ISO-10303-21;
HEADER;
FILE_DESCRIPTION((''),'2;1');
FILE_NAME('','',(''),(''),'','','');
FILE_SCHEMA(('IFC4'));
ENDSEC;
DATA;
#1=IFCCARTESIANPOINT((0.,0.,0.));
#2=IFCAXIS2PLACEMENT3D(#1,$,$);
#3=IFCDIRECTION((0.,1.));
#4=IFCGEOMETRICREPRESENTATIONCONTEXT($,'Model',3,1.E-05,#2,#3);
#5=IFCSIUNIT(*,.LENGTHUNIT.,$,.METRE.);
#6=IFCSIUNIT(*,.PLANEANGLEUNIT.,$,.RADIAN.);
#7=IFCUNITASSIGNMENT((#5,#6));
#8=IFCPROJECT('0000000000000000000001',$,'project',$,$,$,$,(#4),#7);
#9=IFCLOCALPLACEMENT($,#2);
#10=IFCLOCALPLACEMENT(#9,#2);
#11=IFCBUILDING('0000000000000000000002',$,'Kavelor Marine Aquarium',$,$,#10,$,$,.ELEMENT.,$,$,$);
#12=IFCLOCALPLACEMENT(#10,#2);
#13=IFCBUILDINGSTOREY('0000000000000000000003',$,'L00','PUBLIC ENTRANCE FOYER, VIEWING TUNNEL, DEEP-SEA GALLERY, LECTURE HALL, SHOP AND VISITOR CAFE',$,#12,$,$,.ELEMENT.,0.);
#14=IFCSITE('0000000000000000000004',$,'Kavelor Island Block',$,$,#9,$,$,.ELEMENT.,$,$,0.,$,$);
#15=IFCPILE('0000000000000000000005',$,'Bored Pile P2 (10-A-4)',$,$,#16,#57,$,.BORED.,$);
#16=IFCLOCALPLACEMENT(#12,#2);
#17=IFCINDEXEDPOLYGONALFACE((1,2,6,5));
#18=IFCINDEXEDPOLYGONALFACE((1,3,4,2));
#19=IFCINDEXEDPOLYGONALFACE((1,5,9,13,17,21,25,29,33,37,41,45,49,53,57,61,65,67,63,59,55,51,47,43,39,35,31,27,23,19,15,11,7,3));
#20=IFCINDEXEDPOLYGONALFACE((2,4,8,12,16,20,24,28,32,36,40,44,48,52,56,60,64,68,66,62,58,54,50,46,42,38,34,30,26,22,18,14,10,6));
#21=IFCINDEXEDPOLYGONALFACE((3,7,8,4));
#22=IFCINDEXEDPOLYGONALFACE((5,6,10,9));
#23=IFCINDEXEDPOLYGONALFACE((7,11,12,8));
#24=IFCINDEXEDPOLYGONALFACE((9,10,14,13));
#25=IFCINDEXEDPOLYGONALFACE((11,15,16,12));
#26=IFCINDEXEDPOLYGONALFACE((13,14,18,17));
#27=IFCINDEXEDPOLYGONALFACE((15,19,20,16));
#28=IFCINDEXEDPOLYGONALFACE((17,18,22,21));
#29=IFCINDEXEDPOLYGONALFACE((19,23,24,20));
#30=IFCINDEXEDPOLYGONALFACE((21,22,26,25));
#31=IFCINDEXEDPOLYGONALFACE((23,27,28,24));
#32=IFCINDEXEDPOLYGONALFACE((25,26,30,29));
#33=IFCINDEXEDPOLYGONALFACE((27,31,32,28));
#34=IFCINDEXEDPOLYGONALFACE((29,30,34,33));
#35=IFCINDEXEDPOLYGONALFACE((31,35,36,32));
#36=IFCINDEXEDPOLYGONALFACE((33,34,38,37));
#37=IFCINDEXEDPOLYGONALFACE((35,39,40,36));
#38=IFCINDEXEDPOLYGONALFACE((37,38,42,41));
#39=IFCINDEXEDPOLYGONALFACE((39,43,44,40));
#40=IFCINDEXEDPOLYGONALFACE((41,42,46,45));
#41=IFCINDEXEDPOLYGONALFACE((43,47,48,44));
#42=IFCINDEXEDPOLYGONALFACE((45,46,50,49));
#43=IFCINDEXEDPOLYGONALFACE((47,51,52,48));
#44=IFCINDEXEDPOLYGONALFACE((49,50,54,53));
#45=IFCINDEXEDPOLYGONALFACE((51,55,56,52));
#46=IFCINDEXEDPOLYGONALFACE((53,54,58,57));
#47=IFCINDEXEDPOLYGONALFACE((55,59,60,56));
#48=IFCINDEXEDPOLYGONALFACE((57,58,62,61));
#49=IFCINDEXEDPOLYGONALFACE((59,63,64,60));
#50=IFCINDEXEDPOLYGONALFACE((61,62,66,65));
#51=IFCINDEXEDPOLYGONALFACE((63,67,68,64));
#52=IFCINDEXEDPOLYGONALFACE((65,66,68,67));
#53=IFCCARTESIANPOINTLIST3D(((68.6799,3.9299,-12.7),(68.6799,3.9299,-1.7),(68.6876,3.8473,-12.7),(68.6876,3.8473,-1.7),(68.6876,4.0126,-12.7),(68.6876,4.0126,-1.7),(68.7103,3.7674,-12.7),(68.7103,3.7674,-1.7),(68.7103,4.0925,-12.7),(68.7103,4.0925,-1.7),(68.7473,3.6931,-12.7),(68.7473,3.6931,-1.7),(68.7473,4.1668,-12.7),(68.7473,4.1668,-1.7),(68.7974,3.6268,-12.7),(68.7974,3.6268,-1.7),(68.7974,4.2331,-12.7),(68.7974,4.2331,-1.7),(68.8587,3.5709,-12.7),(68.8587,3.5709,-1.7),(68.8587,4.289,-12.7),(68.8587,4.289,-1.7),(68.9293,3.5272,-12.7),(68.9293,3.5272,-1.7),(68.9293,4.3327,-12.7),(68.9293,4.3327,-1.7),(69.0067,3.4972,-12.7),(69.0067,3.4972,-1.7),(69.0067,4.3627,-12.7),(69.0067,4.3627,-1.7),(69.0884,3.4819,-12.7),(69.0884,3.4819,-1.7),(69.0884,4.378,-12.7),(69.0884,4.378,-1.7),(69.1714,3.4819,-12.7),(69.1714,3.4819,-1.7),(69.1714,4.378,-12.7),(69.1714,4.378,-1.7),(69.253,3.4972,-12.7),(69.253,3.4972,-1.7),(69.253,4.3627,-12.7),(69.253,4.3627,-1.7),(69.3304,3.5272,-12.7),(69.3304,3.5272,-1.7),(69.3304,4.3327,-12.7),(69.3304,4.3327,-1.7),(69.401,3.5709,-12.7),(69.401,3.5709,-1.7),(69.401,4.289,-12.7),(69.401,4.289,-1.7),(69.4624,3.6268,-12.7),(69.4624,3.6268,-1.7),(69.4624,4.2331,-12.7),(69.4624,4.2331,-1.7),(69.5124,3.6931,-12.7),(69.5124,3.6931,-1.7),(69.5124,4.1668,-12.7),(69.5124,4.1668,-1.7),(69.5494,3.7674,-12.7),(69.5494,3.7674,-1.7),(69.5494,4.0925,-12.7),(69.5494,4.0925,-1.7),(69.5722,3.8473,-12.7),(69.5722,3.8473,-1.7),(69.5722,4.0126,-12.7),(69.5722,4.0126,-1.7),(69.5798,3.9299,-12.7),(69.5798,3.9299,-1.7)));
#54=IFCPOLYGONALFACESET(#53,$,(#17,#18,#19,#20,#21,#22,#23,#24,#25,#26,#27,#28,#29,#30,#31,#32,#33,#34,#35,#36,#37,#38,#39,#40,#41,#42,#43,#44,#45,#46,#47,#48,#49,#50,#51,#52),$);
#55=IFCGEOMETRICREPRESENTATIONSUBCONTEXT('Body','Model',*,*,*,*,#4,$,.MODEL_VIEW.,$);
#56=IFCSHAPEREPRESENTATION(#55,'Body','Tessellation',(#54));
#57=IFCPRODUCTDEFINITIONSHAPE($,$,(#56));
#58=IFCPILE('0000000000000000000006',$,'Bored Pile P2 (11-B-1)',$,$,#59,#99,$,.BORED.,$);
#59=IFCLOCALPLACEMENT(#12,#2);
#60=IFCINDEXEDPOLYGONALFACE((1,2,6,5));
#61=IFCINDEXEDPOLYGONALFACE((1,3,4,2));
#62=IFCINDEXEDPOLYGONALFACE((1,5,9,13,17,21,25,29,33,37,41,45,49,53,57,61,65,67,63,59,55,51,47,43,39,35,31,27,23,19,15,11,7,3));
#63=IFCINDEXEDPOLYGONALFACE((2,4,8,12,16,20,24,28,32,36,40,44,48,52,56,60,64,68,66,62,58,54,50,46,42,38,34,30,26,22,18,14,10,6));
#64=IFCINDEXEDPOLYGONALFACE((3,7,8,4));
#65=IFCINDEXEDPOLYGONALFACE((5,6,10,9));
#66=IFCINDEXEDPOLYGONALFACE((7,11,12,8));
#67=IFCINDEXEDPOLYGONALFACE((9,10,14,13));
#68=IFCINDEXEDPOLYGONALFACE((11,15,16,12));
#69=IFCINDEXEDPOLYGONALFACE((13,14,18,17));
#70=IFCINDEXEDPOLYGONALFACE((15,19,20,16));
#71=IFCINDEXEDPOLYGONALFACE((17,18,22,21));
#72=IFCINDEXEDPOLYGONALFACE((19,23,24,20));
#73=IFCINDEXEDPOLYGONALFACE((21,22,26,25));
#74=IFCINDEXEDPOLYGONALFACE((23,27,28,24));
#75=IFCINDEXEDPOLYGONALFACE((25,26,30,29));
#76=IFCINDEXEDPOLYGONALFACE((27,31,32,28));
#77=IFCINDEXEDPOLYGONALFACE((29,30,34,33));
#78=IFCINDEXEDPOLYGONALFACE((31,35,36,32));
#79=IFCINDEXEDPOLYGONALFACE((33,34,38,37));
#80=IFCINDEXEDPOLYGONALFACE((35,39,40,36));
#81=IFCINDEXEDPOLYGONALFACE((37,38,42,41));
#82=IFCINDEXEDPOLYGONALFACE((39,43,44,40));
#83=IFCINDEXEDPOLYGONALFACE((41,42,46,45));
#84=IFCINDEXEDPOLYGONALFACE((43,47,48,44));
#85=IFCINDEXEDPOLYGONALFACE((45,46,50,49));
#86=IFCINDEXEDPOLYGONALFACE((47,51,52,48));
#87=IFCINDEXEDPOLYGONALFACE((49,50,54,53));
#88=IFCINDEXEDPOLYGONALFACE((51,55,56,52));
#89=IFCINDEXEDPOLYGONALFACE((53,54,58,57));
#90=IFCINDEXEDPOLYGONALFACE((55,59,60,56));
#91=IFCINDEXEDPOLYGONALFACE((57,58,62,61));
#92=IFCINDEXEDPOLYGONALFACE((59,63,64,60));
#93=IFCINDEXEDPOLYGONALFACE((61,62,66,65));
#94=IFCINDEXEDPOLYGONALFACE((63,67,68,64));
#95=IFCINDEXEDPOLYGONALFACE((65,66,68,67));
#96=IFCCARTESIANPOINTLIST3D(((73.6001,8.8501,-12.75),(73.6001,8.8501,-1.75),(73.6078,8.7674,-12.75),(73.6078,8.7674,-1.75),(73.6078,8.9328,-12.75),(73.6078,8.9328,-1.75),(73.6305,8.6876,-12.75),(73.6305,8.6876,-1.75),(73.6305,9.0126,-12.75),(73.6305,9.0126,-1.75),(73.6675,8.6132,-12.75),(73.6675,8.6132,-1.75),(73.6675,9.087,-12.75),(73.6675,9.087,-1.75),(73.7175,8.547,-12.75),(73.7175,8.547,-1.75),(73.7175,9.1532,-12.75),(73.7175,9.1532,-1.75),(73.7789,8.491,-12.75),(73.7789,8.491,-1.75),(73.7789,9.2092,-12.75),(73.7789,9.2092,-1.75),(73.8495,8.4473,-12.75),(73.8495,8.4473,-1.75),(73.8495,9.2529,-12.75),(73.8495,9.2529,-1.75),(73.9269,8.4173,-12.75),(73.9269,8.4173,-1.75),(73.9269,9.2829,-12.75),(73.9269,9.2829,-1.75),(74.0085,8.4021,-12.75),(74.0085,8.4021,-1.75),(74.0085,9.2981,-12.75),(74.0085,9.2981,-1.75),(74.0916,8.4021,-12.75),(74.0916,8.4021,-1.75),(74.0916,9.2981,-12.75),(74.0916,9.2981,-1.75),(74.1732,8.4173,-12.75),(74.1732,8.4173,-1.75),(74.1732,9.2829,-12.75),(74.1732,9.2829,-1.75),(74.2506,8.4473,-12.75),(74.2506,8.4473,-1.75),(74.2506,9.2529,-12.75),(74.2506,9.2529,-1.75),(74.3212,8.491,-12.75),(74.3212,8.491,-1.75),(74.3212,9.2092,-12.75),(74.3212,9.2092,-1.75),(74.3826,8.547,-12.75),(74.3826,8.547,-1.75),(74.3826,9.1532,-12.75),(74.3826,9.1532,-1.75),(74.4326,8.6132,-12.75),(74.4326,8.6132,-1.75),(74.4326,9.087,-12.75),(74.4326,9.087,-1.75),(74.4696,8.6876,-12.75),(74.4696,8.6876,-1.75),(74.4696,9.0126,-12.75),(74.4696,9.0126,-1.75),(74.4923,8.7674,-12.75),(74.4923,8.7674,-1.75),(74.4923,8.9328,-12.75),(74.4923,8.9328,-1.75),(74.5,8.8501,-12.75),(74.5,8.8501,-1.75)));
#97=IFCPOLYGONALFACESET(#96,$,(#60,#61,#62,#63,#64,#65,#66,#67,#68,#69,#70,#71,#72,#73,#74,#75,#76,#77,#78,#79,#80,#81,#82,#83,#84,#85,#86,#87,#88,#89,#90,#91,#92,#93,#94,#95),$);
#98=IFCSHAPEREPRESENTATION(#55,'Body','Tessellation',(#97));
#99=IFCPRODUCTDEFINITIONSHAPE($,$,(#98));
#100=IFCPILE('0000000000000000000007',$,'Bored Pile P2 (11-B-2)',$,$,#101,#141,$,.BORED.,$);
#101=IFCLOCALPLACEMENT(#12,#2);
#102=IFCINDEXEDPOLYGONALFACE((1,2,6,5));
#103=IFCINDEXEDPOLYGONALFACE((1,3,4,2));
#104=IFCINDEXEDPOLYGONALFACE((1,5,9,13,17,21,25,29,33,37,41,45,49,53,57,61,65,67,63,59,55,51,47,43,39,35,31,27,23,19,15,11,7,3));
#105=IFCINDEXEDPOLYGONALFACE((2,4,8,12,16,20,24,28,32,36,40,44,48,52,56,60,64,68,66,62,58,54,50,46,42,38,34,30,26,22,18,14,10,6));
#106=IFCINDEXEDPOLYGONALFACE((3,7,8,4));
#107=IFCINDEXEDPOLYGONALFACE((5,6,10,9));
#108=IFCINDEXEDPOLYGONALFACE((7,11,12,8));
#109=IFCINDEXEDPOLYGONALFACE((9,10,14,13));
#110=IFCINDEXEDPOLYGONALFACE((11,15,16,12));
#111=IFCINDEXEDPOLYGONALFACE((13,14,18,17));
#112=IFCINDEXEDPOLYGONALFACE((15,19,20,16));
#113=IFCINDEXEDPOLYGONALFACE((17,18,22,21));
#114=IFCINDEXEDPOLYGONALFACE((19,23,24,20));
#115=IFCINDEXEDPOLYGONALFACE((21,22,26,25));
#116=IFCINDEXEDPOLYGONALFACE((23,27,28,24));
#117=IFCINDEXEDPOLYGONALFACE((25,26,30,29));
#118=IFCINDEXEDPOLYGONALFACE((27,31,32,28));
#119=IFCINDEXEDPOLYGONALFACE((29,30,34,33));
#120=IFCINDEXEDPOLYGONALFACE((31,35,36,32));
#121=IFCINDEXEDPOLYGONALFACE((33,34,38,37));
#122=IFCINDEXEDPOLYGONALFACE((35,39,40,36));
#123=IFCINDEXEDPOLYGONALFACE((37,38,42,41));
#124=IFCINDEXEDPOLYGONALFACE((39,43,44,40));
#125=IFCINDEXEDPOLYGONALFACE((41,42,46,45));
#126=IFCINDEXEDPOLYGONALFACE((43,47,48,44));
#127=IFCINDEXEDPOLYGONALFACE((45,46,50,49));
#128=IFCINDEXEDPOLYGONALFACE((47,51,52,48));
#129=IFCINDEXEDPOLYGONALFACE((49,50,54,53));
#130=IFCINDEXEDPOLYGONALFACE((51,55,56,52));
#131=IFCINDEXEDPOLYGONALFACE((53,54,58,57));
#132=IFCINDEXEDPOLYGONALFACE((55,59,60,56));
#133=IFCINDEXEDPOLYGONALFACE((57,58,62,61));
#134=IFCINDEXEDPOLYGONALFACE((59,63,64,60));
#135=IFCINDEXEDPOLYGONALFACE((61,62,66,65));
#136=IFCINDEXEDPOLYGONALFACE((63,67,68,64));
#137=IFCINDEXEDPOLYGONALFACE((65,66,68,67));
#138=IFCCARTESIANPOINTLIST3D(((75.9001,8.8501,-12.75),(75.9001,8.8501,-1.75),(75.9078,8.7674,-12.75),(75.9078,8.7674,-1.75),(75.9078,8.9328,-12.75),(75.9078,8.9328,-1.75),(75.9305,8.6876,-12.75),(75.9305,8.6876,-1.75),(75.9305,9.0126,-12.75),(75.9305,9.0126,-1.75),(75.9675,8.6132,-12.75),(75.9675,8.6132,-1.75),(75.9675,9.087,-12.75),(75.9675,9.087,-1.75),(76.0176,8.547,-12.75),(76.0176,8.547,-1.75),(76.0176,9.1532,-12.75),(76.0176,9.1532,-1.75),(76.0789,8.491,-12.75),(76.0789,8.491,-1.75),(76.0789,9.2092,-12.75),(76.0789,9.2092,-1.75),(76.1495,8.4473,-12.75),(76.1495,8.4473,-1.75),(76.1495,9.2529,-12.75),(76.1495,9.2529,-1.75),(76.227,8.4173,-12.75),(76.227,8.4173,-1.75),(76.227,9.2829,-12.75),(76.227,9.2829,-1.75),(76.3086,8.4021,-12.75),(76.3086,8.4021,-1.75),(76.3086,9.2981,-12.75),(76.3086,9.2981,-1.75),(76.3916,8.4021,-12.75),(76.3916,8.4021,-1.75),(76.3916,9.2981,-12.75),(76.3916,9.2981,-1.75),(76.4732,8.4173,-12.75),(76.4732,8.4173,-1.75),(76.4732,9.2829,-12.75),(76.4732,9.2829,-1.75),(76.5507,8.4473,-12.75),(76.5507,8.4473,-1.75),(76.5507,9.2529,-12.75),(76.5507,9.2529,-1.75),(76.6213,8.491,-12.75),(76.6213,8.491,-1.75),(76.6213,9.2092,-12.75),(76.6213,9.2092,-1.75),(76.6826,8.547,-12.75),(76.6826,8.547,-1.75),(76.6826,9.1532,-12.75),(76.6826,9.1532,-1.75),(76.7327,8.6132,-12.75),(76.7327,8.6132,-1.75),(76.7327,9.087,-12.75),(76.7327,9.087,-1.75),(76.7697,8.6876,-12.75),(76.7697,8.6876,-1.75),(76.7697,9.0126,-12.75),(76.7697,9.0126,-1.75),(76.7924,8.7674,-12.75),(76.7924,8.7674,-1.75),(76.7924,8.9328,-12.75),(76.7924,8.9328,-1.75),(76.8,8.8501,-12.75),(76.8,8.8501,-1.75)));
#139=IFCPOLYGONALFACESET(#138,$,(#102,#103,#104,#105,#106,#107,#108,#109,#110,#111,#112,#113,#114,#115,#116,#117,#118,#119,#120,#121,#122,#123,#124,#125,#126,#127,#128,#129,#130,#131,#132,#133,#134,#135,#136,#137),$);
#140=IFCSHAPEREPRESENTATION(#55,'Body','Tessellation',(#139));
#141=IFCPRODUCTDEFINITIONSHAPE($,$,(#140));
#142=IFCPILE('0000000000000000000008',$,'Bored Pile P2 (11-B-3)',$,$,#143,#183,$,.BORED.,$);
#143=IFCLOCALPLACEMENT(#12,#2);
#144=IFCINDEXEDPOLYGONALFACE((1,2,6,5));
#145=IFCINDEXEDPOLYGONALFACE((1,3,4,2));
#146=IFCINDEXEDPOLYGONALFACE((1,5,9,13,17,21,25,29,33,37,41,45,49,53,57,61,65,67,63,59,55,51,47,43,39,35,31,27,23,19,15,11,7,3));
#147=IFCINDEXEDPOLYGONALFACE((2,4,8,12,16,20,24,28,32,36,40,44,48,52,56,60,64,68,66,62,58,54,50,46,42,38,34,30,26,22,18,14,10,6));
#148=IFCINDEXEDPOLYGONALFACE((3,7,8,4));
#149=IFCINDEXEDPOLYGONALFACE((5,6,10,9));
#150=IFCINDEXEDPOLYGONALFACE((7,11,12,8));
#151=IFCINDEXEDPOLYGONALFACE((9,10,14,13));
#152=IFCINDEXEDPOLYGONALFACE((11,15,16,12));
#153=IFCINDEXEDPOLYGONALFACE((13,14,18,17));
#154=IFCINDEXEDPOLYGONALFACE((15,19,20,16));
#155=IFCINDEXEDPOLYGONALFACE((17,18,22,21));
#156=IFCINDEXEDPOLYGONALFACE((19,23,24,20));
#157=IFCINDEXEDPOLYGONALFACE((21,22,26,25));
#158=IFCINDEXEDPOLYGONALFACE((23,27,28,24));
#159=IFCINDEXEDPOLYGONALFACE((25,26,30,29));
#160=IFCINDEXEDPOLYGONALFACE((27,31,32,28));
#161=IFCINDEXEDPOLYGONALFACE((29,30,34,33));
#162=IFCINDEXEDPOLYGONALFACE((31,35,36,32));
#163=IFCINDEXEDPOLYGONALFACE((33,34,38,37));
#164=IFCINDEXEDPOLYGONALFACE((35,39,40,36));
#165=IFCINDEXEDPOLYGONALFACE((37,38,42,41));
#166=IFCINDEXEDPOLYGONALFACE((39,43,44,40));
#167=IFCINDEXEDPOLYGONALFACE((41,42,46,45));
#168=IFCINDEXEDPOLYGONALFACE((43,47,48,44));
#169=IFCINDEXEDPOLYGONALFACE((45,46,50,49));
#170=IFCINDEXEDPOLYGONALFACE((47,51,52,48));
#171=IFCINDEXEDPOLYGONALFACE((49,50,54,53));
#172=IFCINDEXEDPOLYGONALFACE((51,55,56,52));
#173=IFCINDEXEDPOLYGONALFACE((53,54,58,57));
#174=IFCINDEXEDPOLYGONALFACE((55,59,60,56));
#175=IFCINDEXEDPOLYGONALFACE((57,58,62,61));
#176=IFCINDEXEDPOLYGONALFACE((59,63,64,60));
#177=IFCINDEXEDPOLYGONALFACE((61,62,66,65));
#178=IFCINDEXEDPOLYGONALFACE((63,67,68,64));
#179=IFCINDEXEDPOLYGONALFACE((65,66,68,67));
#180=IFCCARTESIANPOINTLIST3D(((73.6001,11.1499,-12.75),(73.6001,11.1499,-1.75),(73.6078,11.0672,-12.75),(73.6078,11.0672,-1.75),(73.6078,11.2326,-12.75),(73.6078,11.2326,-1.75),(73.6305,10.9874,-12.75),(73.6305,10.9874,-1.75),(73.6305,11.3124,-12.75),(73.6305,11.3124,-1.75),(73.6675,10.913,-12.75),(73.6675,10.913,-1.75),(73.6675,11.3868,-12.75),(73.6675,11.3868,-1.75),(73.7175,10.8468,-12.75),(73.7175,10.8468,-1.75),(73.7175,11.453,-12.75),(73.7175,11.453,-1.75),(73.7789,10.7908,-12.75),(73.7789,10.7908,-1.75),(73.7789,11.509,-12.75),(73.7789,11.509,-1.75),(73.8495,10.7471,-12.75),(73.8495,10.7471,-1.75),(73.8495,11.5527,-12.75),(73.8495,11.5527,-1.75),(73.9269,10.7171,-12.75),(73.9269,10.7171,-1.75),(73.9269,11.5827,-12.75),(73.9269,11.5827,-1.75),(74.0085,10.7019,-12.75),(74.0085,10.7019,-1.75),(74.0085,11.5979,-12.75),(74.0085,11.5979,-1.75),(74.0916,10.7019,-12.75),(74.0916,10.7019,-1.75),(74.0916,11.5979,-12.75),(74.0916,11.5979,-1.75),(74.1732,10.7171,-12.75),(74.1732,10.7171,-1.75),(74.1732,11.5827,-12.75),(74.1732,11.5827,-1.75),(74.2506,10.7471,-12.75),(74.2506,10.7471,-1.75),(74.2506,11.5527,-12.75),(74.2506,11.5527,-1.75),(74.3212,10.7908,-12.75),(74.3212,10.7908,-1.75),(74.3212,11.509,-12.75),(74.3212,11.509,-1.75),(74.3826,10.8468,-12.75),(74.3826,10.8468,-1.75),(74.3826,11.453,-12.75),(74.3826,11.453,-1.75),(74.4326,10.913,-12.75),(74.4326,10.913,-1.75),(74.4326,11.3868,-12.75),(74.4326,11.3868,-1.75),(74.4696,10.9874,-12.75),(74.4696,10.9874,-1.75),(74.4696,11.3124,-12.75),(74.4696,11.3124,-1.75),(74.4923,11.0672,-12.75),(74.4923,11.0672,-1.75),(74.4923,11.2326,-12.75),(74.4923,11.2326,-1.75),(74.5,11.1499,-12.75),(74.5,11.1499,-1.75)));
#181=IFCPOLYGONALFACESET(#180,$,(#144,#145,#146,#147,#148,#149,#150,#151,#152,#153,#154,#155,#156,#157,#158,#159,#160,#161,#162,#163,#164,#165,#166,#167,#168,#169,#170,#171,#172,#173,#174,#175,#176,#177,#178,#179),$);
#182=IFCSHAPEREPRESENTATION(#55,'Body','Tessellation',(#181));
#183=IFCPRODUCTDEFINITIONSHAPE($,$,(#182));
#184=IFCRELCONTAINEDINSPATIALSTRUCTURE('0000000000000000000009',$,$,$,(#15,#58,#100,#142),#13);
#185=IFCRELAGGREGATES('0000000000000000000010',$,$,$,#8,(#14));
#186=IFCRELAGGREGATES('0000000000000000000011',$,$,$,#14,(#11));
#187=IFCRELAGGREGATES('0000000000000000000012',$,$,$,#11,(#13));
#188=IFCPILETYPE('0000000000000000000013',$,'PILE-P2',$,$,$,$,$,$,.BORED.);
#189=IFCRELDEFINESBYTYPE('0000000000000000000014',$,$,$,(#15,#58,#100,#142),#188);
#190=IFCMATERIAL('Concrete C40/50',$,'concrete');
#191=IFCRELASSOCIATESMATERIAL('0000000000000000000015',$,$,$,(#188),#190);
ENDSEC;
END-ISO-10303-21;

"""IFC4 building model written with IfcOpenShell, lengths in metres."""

from ifc_helpers import new_model, si_unit, direction, frame, origin, origin_2d, place, context, subcontext, project, spatial, circle, extrude, material, material_profile, profile_set, type_object, element, save


model = new_model("IFC4")

# Units and contexts
model_context = context("Model", 3, precision=1e-05, world=origin(), true_north=direction((0.0, 1.0)))
body_context = subcontext(model_context, "Body", "Model", "MODEL_VIEW")
ifc_project = project(units=[si_unit("LENGTHUNIT", "METRE"), si_unit("PLANEANGLEUNIT", "RADIAN")], contexts=[model_context])

# Site, building, storey
site_placement = place(None, origin())
site = spatial("IfcSite", under=ifc_project, at=site_placement, Name="Kavelor Island Block", CompositionType="ELEMENT", RefElevation=0.0)
building_placement = place(site_placement, origin())
building = spatial("IfcBuilding", under=site, at=building_placement, Name="Kavelor Marine Aquarium", CompositionType="ELEMENT")
storey_placement = place(building_placement, origin())
storey = spatial("IfcBuildingStorey", under=building, at=storey_placement, Name="L00", Description="PUBLIC ENTRANCE FOYER, VIEWING TUNNEL, DEEP-SEA GALLERY, LECTURE HALL, SHOP AND VISITOR CAFE", CompositionType="ELEMENT", Elevation=0.0)

# Piles
ifc_material_1 = material(Name="Concrete C40/50", Category="concrete")
ifc_material_profile_1 = material_profile(ifc_material_1, circle(Radius=0.45, at=origin_2d()), Name="PILE D900")
ifc_profile_set_1 = profile_set([ifc_material_profile_1], Name="Concrete C40/50")
pile_type_1 = type_object("IfcPileType", Name="PILE-P2", PredefinedType="BORED", material=ifc_profile_set_1)
for number, where, z_axis, x_axis, name in (
    (1, (69.1299, 3.9299, -1.7), (0.0, 0.0, -1.0), (1.0, 0.0, 0.0), "Bored Pile P2 (10-A-4)"),
    (2, (74.05, 8.8501, -1.75), (0.0, 0.0, -1.0), (1.0, 0.0, 0.0), "Bored Pile P2 (11-B-1)"),
    (3, (76.3501, 8.8501, -1.75), (0.0, 0.0, -1.0), (1.0, 0.0, 0.0), "Bored Pile P2 (11-B-2)"),
    (4, (74.05, 11.1499, -1.75), (0.0, 0.0, -1.0), (1.0, 0.0, 0.0), "Bored Pile P2 (11-B-3)"),
):
    element("IfcPile", number, at=place(storey_placement, frame(where, z_axis=z_axis, x_axis=x_axis)), inside=storey, type_object=pile_type_1, Name=name, PredefinedType="BORED", context=body_context, shape_type="SweptSolid", body=[
        extrude(circle(Radius=0.45, at=origin_2d()), origin(), (0.0, 0.0, 1.0), 11.0),
    ])

save(model, "model.ifc")
